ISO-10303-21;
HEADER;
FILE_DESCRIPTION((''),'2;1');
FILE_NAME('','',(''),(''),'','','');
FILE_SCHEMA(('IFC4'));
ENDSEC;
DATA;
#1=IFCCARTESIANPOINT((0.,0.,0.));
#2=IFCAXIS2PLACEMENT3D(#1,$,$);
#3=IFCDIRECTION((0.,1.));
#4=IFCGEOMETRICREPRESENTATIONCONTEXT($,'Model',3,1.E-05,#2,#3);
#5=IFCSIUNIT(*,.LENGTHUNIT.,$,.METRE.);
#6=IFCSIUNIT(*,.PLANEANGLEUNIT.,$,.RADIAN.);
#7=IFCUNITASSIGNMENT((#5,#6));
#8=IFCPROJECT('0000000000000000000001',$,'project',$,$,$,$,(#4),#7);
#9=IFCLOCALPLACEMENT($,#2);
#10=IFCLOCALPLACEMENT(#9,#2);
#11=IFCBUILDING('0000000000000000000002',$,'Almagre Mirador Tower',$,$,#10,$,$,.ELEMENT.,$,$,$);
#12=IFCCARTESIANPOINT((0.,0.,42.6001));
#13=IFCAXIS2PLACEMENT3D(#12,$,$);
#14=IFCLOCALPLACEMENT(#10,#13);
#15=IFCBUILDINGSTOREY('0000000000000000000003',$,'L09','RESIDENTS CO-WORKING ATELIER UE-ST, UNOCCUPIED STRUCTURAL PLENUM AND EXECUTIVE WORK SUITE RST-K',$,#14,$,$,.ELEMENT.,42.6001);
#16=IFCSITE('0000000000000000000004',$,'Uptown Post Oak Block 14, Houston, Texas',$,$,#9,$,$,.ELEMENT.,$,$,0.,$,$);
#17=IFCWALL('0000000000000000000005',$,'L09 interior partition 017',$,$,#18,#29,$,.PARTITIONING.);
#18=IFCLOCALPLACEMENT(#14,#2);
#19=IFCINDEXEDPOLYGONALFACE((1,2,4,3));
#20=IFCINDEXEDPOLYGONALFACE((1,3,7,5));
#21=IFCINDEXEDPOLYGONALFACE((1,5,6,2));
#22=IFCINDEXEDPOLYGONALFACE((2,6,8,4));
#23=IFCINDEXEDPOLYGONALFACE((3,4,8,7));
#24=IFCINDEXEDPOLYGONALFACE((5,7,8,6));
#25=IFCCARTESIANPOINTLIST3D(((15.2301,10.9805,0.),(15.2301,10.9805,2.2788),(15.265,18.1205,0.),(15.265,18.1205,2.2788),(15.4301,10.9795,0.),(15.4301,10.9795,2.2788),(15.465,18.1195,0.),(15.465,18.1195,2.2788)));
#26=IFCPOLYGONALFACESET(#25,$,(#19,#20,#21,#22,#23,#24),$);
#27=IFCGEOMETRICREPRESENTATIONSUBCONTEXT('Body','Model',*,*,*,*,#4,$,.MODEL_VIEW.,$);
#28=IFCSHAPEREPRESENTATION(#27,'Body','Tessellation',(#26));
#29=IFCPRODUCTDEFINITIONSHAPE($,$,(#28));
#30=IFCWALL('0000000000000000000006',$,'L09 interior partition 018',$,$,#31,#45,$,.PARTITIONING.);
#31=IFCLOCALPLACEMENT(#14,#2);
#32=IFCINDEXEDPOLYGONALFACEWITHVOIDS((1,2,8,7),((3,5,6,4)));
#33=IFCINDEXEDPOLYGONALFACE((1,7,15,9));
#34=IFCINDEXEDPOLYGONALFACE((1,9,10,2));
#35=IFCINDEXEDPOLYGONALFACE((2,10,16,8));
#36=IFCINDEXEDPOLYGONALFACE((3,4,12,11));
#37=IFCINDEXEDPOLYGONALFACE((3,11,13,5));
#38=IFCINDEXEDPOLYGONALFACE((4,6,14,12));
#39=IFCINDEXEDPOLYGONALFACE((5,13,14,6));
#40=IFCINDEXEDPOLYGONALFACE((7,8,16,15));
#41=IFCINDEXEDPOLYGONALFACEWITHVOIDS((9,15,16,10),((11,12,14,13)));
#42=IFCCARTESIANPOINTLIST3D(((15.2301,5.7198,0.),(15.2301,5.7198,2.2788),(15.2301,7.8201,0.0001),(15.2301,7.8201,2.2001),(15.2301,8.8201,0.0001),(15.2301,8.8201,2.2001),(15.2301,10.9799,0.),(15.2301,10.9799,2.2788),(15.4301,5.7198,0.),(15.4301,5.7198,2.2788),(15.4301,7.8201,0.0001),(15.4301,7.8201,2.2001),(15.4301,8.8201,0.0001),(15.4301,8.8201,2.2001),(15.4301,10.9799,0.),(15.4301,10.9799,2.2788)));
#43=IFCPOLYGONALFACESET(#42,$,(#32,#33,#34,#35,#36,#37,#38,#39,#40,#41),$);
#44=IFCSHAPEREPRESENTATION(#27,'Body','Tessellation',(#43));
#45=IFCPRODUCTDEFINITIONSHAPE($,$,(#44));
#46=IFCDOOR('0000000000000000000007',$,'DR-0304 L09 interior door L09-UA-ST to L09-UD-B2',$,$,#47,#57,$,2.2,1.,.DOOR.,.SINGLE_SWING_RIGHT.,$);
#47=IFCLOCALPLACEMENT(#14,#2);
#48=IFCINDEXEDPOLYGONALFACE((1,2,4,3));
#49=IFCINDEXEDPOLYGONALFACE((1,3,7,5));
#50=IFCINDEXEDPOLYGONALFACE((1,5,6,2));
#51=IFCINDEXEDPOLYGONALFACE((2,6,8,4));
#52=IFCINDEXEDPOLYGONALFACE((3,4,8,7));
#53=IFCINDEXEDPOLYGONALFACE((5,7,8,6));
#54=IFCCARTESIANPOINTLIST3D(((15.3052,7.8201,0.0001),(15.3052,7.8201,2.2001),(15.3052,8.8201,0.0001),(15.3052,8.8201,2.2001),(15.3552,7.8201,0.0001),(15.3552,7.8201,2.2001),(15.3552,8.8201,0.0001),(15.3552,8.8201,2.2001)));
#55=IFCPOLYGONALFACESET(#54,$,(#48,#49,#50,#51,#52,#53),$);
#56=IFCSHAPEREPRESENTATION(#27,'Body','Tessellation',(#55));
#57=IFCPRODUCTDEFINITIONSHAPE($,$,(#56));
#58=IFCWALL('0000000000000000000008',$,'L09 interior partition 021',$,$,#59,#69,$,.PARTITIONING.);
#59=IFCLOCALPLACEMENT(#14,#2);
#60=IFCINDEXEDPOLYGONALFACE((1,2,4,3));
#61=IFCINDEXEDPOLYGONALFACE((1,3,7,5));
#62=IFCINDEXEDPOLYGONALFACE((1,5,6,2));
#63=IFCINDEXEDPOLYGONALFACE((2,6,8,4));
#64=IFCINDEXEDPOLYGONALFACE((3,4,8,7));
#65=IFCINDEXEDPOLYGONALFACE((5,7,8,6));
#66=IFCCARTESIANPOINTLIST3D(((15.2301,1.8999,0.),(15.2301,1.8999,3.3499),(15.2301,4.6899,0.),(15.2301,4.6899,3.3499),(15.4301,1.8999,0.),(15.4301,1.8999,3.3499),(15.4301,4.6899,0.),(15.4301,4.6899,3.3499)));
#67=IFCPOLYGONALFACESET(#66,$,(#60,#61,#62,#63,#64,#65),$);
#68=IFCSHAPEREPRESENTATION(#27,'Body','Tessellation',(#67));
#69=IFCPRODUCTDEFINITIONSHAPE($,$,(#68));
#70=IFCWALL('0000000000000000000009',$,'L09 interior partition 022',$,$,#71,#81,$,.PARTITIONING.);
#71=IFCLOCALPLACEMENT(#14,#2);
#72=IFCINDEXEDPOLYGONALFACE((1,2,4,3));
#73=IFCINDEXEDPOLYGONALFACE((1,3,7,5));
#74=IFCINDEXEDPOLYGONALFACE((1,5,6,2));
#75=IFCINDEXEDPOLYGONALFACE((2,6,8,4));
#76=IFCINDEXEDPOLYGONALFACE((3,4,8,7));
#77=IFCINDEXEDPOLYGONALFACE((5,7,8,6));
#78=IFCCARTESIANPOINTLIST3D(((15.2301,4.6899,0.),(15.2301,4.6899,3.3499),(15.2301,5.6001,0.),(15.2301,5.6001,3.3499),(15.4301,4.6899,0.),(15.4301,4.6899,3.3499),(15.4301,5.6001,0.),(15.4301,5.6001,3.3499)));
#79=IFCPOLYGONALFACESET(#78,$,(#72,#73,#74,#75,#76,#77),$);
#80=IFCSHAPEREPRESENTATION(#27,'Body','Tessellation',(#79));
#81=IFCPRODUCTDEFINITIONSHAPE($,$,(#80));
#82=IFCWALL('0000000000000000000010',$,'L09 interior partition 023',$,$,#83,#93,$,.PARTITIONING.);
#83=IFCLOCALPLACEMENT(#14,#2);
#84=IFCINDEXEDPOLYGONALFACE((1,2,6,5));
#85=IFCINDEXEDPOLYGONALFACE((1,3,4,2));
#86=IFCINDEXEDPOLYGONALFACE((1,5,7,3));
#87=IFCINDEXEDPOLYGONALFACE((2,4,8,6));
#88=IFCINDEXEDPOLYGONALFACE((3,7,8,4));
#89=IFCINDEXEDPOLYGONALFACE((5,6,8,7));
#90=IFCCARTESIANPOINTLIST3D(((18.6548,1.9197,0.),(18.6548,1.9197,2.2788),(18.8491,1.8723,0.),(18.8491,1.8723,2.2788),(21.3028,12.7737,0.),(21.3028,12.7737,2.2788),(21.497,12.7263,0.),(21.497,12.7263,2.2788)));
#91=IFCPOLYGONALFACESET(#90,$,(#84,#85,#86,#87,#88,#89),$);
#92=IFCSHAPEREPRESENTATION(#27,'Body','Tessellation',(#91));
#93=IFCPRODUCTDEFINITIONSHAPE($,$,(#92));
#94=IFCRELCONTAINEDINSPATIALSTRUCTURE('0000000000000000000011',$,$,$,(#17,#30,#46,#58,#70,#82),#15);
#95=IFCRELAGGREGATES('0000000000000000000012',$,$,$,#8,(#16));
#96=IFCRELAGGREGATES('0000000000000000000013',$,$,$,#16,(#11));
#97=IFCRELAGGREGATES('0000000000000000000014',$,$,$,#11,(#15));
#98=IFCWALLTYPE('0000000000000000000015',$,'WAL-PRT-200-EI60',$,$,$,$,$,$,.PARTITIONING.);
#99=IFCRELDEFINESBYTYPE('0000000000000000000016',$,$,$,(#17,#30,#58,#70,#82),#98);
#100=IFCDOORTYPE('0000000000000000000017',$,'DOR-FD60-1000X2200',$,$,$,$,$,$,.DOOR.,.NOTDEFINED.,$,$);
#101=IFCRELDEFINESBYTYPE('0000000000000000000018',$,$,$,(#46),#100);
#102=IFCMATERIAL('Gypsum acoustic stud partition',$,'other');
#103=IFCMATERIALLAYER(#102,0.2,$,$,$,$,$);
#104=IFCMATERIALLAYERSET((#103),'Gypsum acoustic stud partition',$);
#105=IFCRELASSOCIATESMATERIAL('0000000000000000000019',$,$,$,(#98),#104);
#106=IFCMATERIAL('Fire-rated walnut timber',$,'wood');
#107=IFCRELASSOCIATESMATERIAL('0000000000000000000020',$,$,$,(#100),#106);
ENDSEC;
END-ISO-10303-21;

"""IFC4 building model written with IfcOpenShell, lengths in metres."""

from ifc_helpers import new_model, si_unit, direction, frame, frame_2d, origin, place, context, subcontext, project, spatial, rectangle, extrude, material, layer, layer_set, type_object, element, fill, save


model = new_model("IFC4")

# Units and contexts
model_context = context("Model", 3, precision=1e-05, world=origin(), true_north=direction((0.0, 1.0)))
body_context = subcontext(model_context, "Body", "Model", "MODEL_VIEW")
ifc_project = project(units=[si_unit("LENGTHUNIT", "METRE"), si_unit("PLANEANGLEUNIT", "RADIAN")], contexts=[model_context])

# Site, building, storey
site_placement = place(None, origin())
site = spatial("IfcSite", under=ifc_project, at=site_placement, Name="Uptown Post Oak Block 14, Houston, Texas", CompositionType="ELEMENT", RefElevation=0.0)
building_placement = place(site_placement, origin())
building = spatial("IfcBuilding", under=site, at=building_placement, Name="Almagre Mirador Tower", CompositionType="ELEMENT")
storey_placement = place(building_placement, frame((0.0, 0.0, 42.6001)))
storey = spatial("IfcBuildingStorey", under=building, at=storey_placement, Name="L09", Description="RESIDENTS CO-WORKING ATELIER UE-ST, UNOCCUPIED STRUCTURAL PLENUM AND EXECUTIVE WORK SUITE RST-K", CompositionType="ELEMENT", Elevation=42.6001)

# Wall
ifc_material_1 = material(Name="Gypsum acoustic stud partition", Category="other")
ifc_layer_1 = layer(ifc_material_1, 0.2)
ifc_layer_set_1 = layer_set([ifc_layer_1], Name="Gypsum acoustic stud partition")
wall_type_1 = type_object("IfcWallType", Name="WAL-PRT-200-EI60", PredefinedType="PARTITIONING", material=ifc_layer_set_1)
wall_1_placement = place(storey_placement, frame((15.3301, 10.98, 0.0), z_axis=(0.0, 0.0, 1.0), x_axis=(0.004889, 0.999988, 0.0)))
element("IfcWall", 1, at=wall_1_placement, inside=storey, type_object=wall_type_1, Name="L09 interior partition 017", PredefinedType="PARTITIONING", context=body_context, shape_type="SweptSolid", body=[
    extrude(rectangle(XDim=7.1401, YDim=0.2, at=frame_2d((3.5701, 0.0))), origin(), (0.0, 0.0, 1.0), 2.2788),
])

# Wall, opening, door
wall_2_placement = place(storey_placement, frame((15.3301, 5.72, 0.0), z_axis=(0.0, 0.0, 1.0), x_axis=(0.0, 1.0, 0.0)))
wall_2 = element("IfcWall", 2, at=wall_2_placement, inside=storey, type_object=wall_type_1, Name="L09 interior partition 018", PredefinedType="PARTITIONING", context=body_context, shape_type="SweptSolid", body=[
    extrude(rectangle(XDim=5.26, YDim=0.2, at=frame_2d((2.6299, 0.0))), origin(), (0.0, 0.0, 1.0), 2.2788),
])
opening_1_placement = place(wall_2_placement, frame((2.1001, 0.0, 0.0)))
opening_1 = element("IfcOpeningElement", 3, at=opening_1_placement, cuts=wall_2, PredefinedType="OPENING", context=body_context, shape_type="SweptSolid", body=[
    extrude(rectangle(XDim=1.0, YDim=2.2, at=frame_2d((0.5, 1.1001))), frame((0.0, 0.1101, 0.0), z_axis=(0.0, -1.0, 0.0), x_axis=(1.0, 0.0, 0.0)), (0.0, 0.0, 1.0), 0.22),
])
ifc_material_2 = material(Name="Fire-rated walnut timber", Category="wood")
door_type_1 = type_object("IfcDoorType", Name="DOR-FD60-1000X2200", OperationType="NOTDEFINED", PredefinedType="DOOR", material=ifc_material_2)
door_1_placement = place(opening_1_placement, origin())
door_1 = element("IfcDoor", 4, at=door_1_placement, inside=storey, type_object=door_type_1, Name="DR-0304 L09 interior door L09-UA-ST to L09-UD-B2", OperationType="SINGLE_SWING_RIGHT", OverallHeight=2.2, OverallWidth=1.0, PredefinedType="DOOR", context=body_context, shape_type="SweptSolid", body=[
    extrude(rectangle(XDim=1.0, YDim=2.2, at=frame_2d((0.5, 1.1001))), frame((0.0, 0.0249, 0.0), z_axis=(0.0, -1.0, 0.0), x_axis=(1.0, 0.0, 0.0)), (0.0, 0.0, 1.0), 0.05),
])
fill(opening_1, door_1)

# Walls
wall_3_placement = place(storey_placement, frame((15.3301, 1.8999, 0.0), z_axis=(0.0, 0.0, 1.0), x_axis=(0.0, 1.0, 0.0)))
element("IfcWall", 5, at=wall_3_placement, inside=storey, type_object=wall_type_1, Name="L09 interior partition 021", PredefinedType="PARTITIONING", context=body_context, shape_type="SweptSolid", body=[
    extrude(rectangle(XDim=2.79, YDim=0.2, at=frame_2d((1.395, 0.0))), origin(), (0.0, 0.0, 1.0), 3.3499),
])
wall_4_placement = place(storey_placement, frame((15.3301, 4.6899, 0.0), z_axis=(0.0, 0.0, 1.0), x_axis=(0.0, 1.0, 0.0)))
element("IfcWall", 6, at=wall_4_placement, inside=storey, type_object=wall_type_1, Name="L09 interior partition 022", PredefinedType="PARTITIONING", context=body_context, shape_type="SweptSolid", body=[
    extrude(rectangle(XDim=0.9102, YDim=0.2, at=frame_2d((0.4551, 0.0))), origin(), (0.0, 0.0, 1.0), 3.3499),
])
wall_5_placement = place(storey_placement, frame((21.3999, 12.75, 0.0), z_axis=(0.0, 0.0, 1.0), x_axis=(-0.23701, -0.971507, 0.0)))
element("IfcWall", 7, at=wall_5_placement, inside=storey, type_object=wall_type_1, Name="L09 interior partition 023", PredefinedType="PARTITIONING", context=body_context, shape_type="SweptSolid", body=[
    extrude(rectangle(XDim=11.1724, YDim=0.2, at=frame_2d((5.5862, 0.0))), origin(), (0.0, 0.0, 1.0), 2.2788),
])

save(model, "model.ifc")
